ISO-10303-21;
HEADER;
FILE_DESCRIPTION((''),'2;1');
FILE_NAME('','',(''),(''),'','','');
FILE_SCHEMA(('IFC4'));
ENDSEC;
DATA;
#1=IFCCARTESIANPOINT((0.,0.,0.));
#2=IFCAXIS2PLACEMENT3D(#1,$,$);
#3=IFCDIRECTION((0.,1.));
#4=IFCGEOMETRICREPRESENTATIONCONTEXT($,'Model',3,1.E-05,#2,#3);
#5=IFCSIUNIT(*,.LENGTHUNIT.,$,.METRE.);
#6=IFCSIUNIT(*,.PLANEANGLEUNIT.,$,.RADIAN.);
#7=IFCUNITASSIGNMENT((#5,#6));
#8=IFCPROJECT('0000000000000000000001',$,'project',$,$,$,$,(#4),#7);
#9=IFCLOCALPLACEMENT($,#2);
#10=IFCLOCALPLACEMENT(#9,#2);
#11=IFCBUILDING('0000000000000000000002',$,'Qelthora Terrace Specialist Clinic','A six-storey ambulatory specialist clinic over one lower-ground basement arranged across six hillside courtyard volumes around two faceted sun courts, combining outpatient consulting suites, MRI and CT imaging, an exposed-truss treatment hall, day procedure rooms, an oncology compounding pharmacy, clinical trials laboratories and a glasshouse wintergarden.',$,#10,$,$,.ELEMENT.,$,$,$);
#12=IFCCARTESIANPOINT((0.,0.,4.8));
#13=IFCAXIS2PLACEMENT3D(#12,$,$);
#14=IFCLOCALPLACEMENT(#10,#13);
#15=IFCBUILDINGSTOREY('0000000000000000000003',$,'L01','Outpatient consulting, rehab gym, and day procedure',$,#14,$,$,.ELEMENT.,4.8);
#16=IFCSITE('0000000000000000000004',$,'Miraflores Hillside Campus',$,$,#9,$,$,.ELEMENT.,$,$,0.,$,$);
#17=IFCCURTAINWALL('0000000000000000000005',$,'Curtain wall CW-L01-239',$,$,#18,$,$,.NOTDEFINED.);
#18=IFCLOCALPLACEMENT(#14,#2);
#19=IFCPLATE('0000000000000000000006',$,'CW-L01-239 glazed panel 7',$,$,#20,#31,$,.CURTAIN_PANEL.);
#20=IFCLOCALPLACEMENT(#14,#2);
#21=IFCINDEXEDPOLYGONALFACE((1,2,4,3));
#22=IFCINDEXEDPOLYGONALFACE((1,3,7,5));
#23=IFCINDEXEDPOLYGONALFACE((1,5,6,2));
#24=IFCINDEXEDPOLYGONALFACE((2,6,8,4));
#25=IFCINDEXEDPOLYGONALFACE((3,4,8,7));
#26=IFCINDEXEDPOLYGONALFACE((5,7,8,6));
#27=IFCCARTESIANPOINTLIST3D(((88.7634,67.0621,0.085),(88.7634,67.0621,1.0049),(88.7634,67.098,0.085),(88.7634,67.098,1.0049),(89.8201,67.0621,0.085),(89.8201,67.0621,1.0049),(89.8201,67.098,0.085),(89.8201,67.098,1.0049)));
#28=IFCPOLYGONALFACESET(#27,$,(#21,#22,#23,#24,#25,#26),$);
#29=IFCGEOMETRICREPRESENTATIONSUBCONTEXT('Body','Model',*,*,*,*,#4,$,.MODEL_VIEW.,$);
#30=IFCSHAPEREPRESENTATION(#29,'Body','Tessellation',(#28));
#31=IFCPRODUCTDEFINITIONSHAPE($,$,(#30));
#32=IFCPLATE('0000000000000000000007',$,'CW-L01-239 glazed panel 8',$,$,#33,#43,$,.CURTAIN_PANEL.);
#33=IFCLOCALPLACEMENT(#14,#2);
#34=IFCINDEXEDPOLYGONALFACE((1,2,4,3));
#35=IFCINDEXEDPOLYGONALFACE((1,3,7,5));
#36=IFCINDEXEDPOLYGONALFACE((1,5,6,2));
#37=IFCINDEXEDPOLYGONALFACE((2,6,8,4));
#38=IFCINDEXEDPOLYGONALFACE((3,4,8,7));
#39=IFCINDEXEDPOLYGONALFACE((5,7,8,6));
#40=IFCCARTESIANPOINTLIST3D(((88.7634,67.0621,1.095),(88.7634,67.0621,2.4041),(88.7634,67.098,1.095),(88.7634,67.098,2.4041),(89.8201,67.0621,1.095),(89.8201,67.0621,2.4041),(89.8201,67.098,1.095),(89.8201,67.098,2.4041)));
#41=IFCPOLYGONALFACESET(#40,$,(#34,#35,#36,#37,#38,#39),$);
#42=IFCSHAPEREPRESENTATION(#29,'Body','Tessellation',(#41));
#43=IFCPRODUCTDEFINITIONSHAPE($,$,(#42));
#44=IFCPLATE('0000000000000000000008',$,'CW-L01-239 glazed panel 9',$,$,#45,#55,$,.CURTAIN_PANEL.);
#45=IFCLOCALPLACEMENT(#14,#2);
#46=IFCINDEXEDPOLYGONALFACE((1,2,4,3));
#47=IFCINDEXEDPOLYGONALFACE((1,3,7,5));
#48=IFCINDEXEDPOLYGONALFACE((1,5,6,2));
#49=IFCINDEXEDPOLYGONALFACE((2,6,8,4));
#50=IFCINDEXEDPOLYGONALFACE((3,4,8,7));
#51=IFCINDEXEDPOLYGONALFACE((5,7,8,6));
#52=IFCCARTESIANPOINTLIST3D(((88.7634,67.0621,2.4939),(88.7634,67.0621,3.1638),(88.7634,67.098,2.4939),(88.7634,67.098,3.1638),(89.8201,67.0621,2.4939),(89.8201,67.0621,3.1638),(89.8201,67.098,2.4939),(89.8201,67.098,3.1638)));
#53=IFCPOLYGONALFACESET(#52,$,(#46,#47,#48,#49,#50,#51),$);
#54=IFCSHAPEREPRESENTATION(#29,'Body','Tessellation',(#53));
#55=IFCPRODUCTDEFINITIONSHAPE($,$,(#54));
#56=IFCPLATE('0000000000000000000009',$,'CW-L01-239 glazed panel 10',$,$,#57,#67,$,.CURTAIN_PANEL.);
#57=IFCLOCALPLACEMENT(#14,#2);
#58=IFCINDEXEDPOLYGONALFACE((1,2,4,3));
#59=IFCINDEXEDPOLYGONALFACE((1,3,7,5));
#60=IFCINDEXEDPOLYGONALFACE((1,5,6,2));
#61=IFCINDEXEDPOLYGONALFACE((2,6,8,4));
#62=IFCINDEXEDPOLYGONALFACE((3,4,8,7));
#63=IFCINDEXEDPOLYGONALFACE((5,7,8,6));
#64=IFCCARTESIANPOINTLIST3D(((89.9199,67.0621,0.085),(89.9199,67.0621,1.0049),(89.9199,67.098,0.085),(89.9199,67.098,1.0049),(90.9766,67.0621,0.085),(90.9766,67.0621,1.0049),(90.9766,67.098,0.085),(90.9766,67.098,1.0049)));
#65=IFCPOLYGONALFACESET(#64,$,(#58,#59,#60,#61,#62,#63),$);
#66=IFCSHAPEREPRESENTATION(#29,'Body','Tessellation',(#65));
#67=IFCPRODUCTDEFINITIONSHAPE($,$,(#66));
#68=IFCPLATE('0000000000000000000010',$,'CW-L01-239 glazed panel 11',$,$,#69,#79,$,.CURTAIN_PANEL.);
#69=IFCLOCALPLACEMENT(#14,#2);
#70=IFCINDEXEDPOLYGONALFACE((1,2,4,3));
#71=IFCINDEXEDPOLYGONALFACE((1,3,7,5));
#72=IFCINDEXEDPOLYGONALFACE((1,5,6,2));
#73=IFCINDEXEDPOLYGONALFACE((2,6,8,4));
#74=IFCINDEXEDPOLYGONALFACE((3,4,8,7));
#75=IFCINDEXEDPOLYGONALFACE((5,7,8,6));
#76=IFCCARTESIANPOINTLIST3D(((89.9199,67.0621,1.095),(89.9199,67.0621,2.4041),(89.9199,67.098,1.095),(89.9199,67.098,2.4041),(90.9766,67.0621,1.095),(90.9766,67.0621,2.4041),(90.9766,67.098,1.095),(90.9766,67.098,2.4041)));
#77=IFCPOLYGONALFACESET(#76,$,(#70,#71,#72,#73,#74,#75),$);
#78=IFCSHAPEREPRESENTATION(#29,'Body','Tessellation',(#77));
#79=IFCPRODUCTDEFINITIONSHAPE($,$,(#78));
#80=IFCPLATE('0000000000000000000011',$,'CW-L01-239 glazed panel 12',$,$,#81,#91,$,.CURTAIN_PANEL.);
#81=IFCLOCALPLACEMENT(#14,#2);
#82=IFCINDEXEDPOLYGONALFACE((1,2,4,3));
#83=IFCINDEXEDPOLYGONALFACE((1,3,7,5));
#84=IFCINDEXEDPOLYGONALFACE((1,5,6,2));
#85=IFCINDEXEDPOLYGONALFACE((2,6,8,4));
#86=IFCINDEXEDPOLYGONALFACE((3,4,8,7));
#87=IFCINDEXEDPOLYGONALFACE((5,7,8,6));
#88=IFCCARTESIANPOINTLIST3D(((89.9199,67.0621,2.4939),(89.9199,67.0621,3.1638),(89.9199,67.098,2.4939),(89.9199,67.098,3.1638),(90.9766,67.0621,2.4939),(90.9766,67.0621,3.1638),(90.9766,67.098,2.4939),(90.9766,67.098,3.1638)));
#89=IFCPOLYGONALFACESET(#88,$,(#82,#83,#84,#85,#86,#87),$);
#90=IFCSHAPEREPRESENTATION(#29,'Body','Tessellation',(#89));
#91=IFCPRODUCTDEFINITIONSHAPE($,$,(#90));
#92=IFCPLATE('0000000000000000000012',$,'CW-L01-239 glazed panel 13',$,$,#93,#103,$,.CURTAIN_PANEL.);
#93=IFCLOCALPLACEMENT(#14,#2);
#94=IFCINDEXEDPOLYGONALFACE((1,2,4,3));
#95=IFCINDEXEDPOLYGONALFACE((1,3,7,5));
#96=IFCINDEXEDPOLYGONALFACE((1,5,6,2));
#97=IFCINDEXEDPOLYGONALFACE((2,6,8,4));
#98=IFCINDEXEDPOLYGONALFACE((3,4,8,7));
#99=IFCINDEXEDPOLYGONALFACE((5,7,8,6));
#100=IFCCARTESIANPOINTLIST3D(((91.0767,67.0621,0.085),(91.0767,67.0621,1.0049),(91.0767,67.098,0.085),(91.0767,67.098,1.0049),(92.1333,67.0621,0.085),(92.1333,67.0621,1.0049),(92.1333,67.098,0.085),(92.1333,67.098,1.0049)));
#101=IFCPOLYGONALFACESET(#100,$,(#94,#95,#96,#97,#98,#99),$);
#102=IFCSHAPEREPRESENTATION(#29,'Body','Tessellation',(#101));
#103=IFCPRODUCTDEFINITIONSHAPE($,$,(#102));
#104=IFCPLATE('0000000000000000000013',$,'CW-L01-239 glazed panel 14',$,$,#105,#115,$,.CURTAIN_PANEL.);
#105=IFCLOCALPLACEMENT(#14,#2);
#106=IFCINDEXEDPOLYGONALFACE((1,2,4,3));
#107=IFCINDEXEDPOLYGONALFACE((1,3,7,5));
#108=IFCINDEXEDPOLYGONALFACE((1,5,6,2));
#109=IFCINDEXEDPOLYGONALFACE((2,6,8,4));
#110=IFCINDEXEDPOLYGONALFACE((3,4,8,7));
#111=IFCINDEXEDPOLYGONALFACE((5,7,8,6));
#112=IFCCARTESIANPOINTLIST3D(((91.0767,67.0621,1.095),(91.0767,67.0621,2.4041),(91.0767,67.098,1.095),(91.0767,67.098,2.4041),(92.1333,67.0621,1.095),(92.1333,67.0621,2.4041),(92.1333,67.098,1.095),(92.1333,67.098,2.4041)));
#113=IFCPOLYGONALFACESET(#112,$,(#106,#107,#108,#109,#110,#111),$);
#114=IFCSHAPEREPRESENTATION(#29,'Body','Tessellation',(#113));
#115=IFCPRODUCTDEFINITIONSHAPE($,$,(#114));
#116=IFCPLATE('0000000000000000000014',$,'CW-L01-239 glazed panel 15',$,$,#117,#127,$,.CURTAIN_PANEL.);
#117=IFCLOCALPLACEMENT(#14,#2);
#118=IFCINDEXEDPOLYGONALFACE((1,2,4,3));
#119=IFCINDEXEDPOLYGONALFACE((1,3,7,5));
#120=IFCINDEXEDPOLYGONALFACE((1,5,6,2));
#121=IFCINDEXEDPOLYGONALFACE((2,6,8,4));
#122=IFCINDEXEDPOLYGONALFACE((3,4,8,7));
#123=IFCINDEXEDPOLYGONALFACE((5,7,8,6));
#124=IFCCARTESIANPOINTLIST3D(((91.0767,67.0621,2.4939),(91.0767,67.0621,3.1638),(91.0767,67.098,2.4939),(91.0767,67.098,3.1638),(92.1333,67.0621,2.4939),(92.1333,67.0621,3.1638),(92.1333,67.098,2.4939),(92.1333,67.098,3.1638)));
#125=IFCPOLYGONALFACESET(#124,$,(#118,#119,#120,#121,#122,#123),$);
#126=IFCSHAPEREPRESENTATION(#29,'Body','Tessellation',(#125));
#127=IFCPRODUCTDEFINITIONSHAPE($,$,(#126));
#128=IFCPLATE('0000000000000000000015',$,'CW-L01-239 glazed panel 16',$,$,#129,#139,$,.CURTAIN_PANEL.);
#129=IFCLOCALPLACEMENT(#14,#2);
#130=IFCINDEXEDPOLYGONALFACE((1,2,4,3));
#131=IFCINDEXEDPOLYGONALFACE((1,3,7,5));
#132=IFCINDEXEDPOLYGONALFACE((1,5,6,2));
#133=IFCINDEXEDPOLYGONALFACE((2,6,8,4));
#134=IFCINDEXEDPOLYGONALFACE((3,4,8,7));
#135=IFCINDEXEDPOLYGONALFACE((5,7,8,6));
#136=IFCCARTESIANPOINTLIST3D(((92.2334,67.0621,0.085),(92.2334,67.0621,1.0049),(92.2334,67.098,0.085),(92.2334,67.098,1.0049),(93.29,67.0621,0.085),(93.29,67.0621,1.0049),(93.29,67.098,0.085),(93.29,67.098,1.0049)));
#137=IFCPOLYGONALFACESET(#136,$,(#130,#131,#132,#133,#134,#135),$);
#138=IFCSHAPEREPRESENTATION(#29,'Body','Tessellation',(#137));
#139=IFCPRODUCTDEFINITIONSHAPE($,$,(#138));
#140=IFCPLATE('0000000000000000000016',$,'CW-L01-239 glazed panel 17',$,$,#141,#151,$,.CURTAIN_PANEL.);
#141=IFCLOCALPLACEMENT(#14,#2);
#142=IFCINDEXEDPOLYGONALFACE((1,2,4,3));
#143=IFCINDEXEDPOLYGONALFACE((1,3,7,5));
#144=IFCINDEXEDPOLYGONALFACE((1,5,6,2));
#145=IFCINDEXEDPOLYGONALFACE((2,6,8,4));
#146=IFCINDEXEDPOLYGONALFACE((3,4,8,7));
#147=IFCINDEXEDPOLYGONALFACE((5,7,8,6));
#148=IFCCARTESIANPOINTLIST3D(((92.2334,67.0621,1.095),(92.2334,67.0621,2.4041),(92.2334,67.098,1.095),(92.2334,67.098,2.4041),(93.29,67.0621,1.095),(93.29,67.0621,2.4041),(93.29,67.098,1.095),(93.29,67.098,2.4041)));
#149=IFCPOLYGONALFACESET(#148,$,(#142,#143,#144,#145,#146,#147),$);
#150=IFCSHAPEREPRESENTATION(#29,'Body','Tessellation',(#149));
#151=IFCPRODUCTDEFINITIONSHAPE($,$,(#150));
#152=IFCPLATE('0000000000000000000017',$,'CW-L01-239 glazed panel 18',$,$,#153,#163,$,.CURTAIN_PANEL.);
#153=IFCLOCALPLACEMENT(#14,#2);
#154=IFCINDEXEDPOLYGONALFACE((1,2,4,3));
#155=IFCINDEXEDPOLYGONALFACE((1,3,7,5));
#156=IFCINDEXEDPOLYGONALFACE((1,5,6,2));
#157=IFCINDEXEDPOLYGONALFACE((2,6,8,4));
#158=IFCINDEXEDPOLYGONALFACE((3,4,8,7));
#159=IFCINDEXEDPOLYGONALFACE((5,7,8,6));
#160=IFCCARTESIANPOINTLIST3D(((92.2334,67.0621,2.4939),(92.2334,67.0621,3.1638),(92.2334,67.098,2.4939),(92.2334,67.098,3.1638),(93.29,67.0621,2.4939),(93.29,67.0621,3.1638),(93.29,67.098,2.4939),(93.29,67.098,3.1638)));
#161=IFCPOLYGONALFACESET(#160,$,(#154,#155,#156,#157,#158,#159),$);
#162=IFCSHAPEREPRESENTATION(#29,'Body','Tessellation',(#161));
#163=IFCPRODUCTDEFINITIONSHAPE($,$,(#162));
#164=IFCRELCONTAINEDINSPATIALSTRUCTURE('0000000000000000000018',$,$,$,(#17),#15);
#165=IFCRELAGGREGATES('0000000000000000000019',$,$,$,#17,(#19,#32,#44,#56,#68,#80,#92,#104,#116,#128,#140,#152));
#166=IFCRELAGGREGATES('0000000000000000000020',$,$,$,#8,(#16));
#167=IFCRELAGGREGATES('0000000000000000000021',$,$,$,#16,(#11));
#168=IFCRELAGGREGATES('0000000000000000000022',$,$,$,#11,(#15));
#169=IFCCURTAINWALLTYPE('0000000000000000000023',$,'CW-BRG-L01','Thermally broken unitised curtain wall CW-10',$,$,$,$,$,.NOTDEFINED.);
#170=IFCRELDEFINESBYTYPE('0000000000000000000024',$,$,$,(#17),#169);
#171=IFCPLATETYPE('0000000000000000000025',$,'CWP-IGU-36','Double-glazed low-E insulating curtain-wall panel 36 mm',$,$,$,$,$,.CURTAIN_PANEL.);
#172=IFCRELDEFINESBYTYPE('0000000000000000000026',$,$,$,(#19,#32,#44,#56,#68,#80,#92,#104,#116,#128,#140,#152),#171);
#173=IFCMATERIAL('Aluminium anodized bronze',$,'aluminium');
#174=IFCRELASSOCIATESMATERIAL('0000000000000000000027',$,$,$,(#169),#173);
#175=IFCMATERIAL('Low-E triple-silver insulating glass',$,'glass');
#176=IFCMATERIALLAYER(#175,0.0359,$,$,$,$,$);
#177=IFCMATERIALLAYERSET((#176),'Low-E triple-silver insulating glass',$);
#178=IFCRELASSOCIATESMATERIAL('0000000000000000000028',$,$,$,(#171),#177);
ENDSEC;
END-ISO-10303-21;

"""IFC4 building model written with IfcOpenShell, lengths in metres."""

from ifc_helpers import new_model, si_unit, direction, frame, origin, origin_2d, place, context, subcontext, project, spatial, rectangle, extrude, material, layer, layer_set, type_object, element, aggregate, save


model = new_model("IFC4")

# Units and contexts
model_context = context("Model", 3, precision=1e-05, world=origin(), true_north=direction((0.0, 1.0)))
body_context = subcontext(model_context, "Body", "Model", "MODEL_VIEW")
ifc_project = project(units=[si_unit("LENGTHUNIT", "METRE"), si_unit("PLANEANGLEUNIT", "RADIAN")], contexts=[model_context])

# Site, building, storey
site_placement = place(None, origin())
site = spatial("IfcSite", under=ifc_project, at=site_placement, Name="Miraflores Hillside Campus", CompositionType="ELEMENT", RefElevation=0.0)
building_placement = place(site_placement, origin())
building = spatial("IfcBuilding", under=site, at=building_placement, Name="Qelthora Terrace Specialist Clinic", Description="A six-storey ambulatory specialist clinic over one lower-ground basement arranged across six hillside courtyard volumes around two faceted sun courts, combining outpatient consulting suites, MRI and CT imaging, an exposed-truss treatment hall, day procedure rooms, an oncology compounding pharmacy, clinical trials laboratories and a glasshouse wintergarden.", CompositionType="ELEMENT")
storey_placement = place(building_placement, frame((0.0, 0.0, 4.8)))
storey = spatial("IfcBuildingStorey", under=building, at=storey_placement, Name="L01", Description="Outpatient consulting, rehab gym, and day procedure", CompositionType="ELEMENT", Elevation=4.8)

# Curtain wall, plates
ifc_material_1 = material(Name="Aluminium anodized bronze", Category="aluminium")
curtain_wall_type = type_object("IfcCurtainWallType", Name="CW-BRG-L01", Description="Thermally broken unitised curtain wall CW-10", PredefinedType="NOTDEFINED", material=ifc_material_1)
curtain_wall_placement = place(storey_placement, origin())
curtain_wall = element("IfcCurtainWall", 1, at=curtain_wall_placement, inside=storey, type_object=curtain_wall_type, Name="Curtain wall CW-L01-239", PredefinedType="NOTDEFINED")
ifc_material_2 = material(Name="Low-E triple-silver insulating glass", Category="glass")
ifc_layer = layer(ifc_material_2, 0.0359)
ifc_layer_set = layer_set([ifc_layer], Name="Low-E triple-silver insulating glass")
plate_type = type_object("IfcPlateType", Name="CWP-IGU-36", Description="Double-glazed low-E insulating curtain-wall panel 36 mm", PredefinedType="CURTAIN_PANEL", material=ifc_layer_set)
plate_1_placement = place(storey_placement, frame((89.2917, 67.0801, 0.085), z_axis=(0.0, 0.0, 1.0), x_axis=(1.0, 0.0, 0.0)))
plate_1 = element("IfcPlate", 2, at=plate_1_placement, type_object=plate_type, Name="CW-L01-239 glazed panel 7", PredefinedType="CURTAIN_PANEL", context=body_context, shape_type="SweptSolid", body=[
    extrude(rectangle(XDim=1.0566, YDim=0.0359, at=origin_2d()), origin(), (0.0, 0.0, 1.0), 0.9199),
])
plate_2_placement = place(storey_placement, frame((89.2917, 67.0801, 1.095), z_axis=(0.0, 0.0, 1.0), x_axis=(1.0, 0.0, 0.0)))
plate_2 = element("IfcPlate", 3, at=plate_2_placement, type_object=plate_type, Name="CW-L01-239 glazed panel 8", PredefinedType="CURTAIN_PANEL", context=body_context, shape_type="SweptSolid", body=[
    extrude(rectangle(XDim=1.0566, YDim=0.0359, at=origin_2d()), origin(), (0.0, 0.0, 1.0), 1.3091),
])
plate_3_placement = place(storey_placement, frame((89.2917, 67.0801, 2.4939), z_axis=(0.0, 0.0, 1.0), x_axis=(1.0, 0.0, 0.0)))
plate_3 = element("IfcPlate", 4, at=plate_3_placement, type_object=plate_type, Name="CW-L01-239 glazed panel 9", PredefinedType="CURTAIN_PANEL", context=body_context, shape_type="SweptSolid", body=[
    extrude(rectangle(XDim=1.0566, YDim=0.0359, at=origin_2d()), origin(), (0.0, 0.0, 1.0), 0.6699),
])
plate_4_placement = place(storey_placement, frame((90.4482, 67.0801, 0.085), z_axis=(0.0, 0.0, 1.0), x_axis=(1.0, 0.0, 0.0)))
plate_4 = element("IfcPlate", 5, at=plate_4_placement, type_object=plate_type, Name="CW-L01-239 glazed panel 10", PredefinedType="CURTAIN_PANEL", context=body_context, shape_type="SweptSolid", body=[
    extrude(rectangle(XDim=1.0566, YDim=0.0359, at=origin_2d()), origin(), (0.0, 0.0, 1.0), 0.9199),
])
plate_5_placement = place(storey_placement, frame((90.4482, 67.0801, 1.095), z_axis=(0.0, 0.0, 1.0), x_axis=(1.0, 0.0, 0.0)))
plate_5 = element("IfcPlate", 6, at=plate_5_placement, type_object=plate_type, Name="CW-L01-239 glazed panel 11", PredefinedType="CURTAIN_PANEL", context=body_context, shape_type="SweptSolid", body=[
    extrude(rectangle(XDim=1.0566, YDim=0.0359, at=origin_2d()), origin(), (0.0, 0.0, 1.0), 1.3091),
])
plate_6_placement = place(storey_placement, frame((90.4482, 67.0801, 2.4939), z_axis=(0.0, 0.0, 1.0), x_axis=(1.0, 0.0, 0.0)))
plate_6 = element("IfcPlate", 7, at=plate_6_placement, type_object=plate_type, Name="CW-L01-239 glazed panel 12", PredefinedType="CURTAIN_PANEL", context=body_context, shape_type="SweptSolid", body=[
    extrude(rectangle(XDim=1.0566, YDim=0.0359, at=origin_2d()), origin(), (0.0, 0.0, 1.0), 0.6699),
])
plate_7_placement = place(storey_placement, frame((91.605, 67.0801, 0.085), z_axis=(0.0, 0.0, 1.0), x_axis=(1.0, 0.0, 0.0)))
plate_7 = element("IfcPlate", 8, at=plate_7_placement, type_object=plate_type, Name="CW-L01-239 glazed panel 13", PredefinedType="CURTAIN_PANEL", context=body_context, shape_type="SweptSolid", body=[
    extrude(rectangle(XDim=1.0566, YDim=0.0359, at=origin_2d()), origin(), (0.0, 0.0, 1.0), 0.9199),
])
plate_8_placement = place(storey_placement, frame((91.605, 67.0801, 1.095), z_axis=(0.0, 0.0, 1.0), x_axis=(1.0, 0.0, 0.0)))
plate_8 = element("IfcPlate", 9, at=plate_8_placement, type_object=plate_type, Name="CW-L01-239 glazed panel 14", PredefinedType="CURTAIN_PANEL", context=body_context, shape_type="SweptSolid", body=[
    extrude(rectangle(XDim=1.0566, YDim=0.0359, at=origin_2d()), origin(), (0.0, 0.0, 1.0), 1.3091),
])
plate_9_placement = place(storey_placement, frame((91.605, 67.0801, 2.4939), z_axis=(0.0, 0.0, 1.0), x_axis=(1.0, 0.0, 0.0)))
plate_9 = element("IfcPlate", 10, at=plate_9_placement, type_object=plate_type, Name="CW-L01-239 glazed panel 15", PredefinedType="CURTAIN_PANEL", context=body_context, shape_type="SweptSolid", body=[
    extrude(rectangle(XDim=1.0566, YDim=0.0359, at=origin_2d()), origin(), (0.0, 0.0, 1.0), 0.6699),
])
plate_10_placement = place(storey_placement, frame((92.7617, 67.0801, 0.085), z_axis=(0.0, 0.0, 1.0), x_axis=(1.0, 0.0, 0.0)))
plate_10 = element("IfcPlate", 11, at=plate_10_placement, type_object=plate_type, Name="CW-L01-239 glazed panel 16", PredefinedType="CURTAIN_PANEL", context=body_context, shape_type="SweptSolid", body=[
    extrude(rectangle(XDim=1.0566, YDim=0.0359, at=origin_2d()), origin(), (0.0, 0.0, 1.0), 0.9199),
])
plate_11_placement = place(storey_placement, frame((92.7617, 67.0801, 1.095), z_axis=(0.0, 0.0, 1.0), x_axis=(1.0, 0.0, 0.0)))
plate_11 = element("IfcPlate", 12, at=plate_11_placement, type_object=plate_type, Name="CW-L01-239 glazed panel 17", PredefinedType="CURTAIN_PANEL", context=body_context, shape_type="SweptSolid", body=[
    extrude(rectangle(XDim=1.0566, YDim=0.0359, at=origin_2d()), origin(), (0.0, 0.0, 1.0), 1.3091),
])
plate_12_placement = place(storey_placement, frame((92.7617, 67.0801, 2.4939), z_axis=(0.0, 0.0, 1.0), x_axis=(1.0, 0.0, 0.0)))
plate_12 = element("IfcPlate", 13, at=plate_12_placement, type_object=plate_type, Name="CW-L01-239 glazed panel 18", PredefinedType="CURTAIN_PANEL", context=body_context, shape_type="SweptSolid", body=[
    extrude(rectangle(XDim=1.0566, YDim=0.0359, at=origin_2d()), origin(), (0.0, 0.0, 1.0), 0.6699),
])
aggregate(curtain_wall, [plate_1, plate_2, plate_3, plate_4, plate_5, plate_6, plate_7, plate_8, plate_9, plate_10, plate_11, plate_12])

save(model, "model.ifc")
